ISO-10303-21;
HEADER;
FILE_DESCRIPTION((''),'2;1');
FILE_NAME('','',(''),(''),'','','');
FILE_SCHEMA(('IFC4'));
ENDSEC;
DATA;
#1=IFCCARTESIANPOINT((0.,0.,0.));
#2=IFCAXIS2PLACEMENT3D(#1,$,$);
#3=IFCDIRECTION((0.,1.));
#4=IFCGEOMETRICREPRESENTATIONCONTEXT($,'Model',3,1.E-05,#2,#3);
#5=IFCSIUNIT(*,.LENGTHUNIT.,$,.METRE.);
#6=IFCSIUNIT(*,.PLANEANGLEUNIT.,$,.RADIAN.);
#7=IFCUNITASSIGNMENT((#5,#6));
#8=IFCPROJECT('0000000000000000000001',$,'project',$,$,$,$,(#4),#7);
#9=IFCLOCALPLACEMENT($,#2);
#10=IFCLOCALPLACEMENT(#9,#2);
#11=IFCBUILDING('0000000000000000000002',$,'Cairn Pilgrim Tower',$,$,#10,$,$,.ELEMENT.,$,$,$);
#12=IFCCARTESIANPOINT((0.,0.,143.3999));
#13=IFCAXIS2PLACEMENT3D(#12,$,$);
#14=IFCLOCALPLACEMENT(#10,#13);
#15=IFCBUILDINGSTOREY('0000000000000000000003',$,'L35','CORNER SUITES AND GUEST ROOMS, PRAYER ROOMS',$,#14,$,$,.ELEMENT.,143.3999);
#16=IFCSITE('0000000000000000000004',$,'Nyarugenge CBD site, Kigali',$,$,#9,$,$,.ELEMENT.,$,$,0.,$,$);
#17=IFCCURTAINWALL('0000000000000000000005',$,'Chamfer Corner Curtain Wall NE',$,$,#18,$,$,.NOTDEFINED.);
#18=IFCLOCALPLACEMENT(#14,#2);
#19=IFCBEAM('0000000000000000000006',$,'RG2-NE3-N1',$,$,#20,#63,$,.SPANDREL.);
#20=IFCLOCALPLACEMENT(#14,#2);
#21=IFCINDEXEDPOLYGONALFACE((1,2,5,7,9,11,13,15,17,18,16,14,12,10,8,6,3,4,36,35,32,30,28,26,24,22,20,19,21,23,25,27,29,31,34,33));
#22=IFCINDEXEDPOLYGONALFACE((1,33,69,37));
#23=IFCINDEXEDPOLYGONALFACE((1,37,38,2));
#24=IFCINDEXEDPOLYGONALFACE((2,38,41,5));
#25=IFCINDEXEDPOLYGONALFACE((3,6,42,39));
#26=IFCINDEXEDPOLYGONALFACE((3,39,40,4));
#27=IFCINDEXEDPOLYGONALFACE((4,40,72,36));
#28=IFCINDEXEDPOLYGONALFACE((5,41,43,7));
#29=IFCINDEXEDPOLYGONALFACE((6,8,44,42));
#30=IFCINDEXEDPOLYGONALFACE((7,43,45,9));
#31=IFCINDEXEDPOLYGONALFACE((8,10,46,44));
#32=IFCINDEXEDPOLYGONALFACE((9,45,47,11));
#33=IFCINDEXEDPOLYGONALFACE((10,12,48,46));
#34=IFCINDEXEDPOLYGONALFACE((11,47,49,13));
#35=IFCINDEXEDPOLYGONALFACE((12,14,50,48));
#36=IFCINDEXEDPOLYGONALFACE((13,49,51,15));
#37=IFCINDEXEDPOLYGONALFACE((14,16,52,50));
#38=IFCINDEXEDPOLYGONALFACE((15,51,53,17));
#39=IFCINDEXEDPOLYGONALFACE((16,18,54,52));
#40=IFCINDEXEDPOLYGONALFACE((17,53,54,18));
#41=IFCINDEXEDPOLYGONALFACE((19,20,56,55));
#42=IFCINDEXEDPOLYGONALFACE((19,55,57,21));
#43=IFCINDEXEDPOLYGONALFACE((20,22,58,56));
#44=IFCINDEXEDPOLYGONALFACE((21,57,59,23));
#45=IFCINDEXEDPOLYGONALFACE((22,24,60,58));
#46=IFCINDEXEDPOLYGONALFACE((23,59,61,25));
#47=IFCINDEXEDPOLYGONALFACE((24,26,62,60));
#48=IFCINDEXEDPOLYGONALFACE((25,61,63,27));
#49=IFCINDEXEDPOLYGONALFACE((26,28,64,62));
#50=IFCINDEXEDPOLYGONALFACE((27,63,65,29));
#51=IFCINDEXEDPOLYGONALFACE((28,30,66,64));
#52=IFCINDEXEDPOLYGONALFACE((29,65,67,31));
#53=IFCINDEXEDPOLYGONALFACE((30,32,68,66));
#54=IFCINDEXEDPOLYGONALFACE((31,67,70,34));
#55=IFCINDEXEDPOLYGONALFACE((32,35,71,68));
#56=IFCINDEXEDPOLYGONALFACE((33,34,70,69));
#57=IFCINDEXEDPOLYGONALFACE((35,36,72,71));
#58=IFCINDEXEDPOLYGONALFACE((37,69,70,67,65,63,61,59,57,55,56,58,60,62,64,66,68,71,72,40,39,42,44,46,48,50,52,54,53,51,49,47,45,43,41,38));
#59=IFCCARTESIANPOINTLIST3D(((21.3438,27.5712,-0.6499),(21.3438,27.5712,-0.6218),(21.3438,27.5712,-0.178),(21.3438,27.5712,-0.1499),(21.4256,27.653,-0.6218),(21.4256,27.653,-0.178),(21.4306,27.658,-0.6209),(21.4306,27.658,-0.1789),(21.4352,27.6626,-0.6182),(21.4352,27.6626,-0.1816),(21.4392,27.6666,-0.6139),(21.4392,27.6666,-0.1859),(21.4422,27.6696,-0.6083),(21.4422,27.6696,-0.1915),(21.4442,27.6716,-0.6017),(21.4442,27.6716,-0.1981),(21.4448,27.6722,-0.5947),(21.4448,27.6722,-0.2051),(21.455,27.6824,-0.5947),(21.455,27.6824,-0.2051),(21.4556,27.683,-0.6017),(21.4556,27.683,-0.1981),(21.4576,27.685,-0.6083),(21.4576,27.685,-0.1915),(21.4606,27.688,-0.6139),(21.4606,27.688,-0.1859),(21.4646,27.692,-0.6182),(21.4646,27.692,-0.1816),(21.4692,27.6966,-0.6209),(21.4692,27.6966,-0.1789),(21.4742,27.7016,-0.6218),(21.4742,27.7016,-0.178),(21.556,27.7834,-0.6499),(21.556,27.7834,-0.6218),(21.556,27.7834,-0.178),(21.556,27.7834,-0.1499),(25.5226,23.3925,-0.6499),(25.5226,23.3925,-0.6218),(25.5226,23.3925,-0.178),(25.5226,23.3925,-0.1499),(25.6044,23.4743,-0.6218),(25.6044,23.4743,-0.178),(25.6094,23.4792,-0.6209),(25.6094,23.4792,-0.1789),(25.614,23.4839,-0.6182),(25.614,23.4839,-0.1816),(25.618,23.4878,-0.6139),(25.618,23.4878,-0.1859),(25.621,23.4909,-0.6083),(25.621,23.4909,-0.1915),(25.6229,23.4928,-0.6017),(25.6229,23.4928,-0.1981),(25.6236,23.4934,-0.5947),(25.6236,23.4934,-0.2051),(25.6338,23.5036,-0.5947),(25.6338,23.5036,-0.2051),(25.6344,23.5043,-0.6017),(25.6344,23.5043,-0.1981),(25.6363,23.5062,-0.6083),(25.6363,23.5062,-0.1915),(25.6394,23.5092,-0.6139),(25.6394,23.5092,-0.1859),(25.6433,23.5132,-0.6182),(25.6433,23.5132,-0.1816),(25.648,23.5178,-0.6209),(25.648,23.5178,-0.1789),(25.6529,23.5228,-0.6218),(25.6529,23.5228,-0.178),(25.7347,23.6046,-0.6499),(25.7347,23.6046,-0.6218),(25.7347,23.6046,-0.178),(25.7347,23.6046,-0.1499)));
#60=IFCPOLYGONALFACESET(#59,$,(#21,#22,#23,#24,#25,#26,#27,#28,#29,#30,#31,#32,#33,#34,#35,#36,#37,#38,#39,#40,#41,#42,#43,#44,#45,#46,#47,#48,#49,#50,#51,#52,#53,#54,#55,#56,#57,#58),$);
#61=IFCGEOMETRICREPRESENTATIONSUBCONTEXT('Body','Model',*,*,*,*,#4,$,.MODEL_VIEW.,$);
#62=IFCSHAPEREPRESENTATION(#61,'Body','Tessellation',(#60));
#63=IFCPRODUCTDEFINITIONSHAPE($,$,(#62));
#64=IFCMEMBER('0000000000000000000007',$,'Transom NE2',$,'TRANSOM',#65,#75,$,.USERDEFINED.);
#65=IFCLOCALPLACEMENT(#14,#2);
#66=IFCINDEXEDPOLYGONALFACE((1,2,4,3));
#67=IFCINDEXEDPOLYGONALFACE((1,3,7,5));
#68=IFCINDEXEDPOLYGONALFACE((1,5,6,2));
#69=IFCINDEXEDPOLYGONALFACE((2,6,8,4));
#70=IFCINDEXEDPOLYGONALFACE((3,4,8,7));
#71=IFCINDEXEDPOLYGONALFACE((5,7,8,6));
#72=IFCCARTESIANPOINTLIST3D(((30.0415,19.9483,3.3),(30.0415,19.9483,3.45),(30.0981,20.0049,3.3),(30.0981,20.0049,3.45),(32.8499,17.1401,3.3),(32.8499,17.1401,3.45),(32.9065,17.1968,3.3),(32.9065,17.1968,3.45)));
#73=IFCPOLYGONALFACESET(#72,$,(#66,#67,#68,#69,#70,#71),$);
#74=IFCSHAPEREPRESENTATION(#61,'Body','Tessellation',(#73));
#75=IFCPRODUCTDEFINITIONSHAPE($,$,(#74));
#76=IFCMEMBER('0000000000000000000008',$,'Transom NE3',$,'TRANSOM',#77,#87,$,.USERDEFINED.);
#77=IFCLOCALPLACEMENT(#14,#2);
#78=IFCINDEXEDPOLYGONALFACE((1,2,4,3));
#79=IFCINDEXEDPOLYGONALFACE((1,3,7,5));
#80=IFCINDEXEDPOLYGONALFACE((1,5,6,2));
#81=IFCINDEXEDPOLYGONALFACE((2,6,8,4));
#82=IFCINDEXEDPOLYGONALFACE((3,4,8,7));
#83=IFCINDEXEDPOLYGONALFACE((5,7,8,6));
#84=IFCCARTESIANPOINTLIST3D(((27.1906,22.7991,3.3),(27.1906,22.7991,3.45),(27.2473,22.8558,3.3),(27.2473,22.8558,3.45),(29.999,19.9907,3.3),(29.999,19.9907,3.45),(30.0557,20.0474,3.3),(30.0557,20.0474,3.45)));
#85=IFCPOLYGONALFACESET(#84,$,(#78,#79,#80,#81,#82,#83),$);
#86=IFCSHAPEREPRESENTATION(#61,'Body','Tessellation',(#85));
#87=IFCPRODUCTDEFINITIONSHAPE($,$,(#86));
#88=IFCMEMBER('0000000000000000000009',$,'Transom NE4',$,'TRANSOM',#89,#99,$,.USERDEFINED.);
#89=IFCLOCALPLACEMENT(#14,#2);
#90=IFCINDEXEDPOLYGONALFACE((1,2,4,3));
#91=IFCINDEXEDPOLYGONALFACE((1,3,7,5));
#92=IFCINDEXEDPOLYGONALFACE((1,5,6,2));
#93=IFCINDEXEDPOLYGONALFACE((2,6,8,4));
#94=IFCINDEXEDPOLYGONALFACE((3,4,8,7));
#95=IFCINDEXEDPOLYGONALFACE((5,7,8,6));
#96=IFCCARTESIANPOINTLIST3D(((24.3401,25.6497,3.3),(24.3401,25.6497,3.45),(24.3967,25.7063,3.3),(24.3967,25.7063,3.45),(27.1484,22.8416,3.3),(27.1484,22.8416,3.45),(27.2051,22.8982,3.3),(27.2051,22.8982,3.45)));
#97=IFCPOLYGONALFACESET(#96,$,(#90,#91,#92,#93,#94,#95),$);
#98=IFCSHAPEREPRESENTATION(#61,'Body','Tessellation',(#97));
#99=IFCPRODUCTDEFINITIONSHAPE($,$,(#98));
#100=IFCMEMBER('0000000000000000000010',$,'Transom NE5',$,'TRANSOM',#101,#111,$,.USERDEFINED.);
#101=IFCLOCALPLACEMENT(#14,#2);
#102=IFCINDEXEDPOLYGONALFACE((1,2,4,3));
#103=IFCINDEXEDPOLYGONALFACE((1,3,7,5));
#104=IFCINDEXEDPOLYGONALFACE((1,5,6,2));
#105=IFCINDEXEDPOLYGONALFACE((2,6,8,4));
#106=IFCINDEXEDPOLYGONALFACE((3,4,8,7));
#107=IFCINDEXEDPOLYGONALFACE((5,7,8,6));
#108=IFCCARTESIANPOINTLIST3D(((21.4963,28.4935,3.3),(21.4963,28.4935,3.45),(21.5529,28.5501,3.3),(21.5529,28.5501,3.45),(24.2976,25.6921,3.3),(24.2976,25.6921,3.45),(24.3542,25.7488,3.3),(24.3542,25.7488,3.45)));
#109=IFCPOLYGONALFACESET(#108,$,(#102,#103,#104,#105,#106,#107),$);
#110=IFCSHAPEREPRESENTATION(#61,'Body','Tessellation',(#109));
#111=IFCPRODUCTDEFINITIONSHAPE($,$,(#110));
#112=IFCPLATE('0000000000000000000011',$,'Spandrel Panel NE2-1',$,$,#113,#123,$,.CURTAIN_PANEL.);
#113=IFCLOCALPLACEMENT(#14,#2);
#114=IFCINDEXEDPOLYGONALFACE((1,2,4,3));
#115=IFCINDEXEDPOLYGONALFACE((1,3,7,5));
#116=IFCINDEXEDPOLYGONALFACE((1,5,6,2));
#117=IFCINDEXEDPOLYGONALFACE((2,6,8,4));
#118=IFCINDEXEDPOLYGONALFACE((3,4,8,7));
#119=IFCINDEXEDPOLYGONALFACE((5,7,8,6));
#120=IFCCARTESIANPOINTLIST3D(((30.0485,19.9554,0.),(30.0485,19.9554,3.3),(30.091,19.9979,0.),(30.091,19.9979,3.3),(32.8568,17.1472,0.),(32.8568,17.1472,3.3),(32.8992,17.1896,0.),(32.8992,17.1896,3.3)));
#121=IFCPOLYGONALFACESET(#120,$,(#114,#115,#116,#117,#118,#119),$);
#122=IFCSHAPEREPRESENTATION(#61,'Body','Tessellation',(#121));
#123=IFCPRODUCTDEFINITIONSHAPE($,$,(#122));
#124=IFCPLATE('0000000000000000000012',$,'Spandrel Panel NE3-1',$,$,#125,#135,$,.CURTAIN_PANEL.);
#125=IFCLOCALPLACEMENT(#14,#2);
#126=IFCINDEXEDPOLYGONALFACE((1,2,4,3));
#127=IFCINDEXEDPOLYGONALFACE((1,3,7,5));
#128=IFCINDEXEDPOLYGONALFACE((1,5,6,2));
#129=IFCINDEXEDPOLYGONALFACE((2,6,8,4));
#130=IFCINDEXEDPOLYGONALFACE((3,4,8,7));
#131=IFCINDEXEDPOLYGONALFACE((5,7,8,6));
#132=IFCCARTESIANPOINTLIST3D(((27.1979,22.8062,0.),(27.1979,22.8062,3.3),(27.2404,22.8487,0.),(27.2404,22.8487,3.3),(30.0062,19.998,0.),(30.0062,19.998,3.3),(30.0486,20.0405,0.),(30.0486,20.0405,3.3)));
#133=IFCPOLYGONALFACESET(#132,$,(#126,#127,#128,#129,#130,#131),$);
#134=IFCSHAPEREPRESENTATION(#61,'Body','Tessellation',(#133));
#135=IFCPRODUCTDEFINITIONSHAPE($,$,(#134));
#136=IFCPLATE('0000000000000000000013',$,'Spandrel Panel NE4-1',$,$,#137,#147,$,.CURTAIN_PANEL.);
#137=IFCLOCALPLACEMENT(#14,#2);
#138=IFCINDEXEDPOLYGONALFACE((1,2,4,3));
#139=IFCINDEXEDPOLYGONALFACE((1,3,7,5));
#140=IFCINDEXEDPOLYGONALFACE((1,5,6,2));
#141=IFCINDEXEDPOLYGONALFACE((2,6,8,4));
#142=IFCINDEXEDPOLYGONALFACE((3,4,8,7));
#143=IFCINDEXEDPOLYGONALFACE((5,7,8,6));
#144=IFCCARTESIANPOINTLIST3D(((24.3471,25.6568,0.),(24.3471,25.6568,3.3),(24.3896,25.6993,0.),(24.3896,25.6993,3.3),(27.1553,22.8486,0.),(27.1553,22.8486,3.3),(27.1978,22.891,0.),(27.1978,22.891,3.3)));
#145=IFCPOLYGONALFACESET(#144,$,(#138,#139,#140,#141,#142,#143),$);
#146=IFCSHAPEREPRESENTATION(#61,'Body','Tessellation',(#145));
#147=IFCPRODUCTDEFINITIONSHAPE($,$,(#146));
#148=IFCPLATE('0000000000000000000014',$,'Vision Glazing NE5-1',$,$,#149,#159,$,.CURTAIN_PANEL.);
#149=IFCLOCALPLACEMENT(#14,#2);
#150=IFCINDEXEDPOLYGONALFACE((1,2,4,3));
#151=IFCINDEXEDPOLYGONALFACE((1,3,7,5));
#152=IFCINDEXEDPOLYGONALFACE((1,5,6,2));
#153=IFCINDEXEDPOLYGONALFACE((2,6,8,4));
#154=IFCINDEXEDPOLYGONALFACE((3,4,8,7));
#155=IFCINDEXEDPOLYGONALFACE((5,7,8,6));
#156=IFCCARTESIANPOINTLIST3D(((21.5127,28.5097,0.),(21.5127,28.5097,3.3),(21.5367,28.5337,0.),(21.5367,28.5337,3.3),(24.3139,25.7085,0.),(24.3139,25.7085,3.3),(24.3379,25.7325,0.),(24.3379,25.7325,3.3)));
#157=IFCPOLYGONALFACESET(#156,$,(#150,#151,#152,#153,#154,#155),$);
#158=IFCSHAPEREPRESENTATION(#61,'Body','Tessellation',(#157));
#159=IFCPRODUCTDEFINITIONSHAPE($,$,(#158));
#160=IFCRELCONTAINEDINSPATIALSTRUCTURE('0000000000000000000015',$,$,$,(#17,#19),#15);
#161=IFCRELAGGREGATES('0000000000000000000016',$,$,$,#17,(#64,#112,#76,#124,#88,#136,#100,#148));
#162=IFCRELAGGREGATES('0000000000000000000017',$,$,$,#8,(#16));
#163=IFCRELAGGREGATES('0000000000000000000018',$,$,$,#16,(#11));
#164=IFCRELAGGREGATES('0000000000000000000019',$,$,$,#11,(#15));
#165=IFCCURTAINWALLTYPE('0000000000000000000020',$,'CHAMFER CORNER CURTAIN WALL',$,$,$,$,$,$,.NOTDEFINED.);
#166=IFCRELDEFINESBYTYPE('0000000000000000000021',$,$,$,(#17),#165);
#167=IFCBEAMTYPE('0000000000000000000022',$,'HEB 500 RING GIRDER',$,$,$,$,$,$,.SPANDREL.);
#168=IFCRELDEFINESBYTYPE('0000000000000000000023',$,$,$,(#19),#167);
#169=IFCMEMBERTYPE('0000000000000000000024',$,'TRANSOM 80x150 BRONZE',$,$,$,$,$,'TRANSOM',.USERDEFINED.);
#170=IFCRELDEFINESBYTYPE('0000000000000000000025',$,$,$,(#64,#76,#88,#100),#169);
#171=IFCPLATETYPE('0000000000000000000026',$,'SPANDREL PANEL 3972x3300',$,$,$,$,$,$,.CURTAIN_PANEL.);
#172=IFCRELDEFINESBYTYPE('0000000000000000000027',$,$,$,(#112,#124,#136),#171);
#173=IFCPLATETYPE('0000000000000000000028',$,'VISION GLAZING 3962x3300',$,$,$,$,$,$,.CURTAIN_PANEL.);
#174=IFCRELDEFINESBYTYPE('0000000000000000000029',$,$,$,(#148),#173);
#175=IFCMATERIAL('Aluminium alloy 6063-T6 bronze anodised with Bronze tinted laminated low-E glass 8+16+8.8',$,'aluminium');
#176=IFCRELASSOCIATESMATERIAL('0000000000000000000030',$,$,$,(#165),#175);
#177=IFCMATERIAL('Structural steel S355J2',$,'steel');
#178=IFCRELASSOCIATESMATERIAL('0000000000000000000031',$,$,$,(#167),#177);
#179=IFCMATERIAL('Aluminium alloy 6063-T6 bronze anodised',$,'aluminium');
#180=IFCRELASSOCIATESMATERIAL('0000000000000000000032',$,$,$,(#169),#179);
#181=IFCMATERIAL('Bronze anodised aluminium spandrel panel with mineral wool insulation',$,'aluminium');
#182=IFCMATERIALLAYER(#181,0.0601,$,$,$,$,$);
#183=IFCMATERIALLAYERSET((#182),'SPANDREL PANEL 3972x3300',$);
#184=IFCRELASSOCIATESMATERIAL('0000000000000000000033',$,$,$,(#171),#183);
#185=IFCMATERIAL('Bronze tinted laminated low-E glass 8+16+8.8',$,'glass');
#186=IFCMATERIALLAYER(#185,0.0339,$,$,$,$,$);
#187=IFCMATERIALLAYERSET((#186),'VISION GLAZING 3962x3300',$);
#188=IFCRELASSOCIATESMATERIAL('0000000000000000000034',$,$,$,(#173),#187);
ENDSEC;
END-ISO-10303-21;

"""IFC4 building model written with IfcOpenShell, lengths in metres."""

from ifc_helpers import new_model, si_unit, direction, frame, origin, origin_2d, place, context, subcontext, project, spatial, rectangle, i_section, extrude, material, layer, layer_set, material_profile, profile_set, type_object, element, aggregate, save


model = new_model("IFC4")

# Units and contexts
model_context = context("Model", 3, precision=1e-05, world=origin(), true_north=direction((0.0, 1.0)))
body_context = subcontext(model_context, "Body", "Model", "MODEL_VIEW")
ifc_project = project(units=[si_unit("LENGTHUNIT", "METRE"), si_unit("PLANEANGLEUNIT", "RADIAN")], contexts=[model_context])

# Site, building, storey
site_placement = place(None, origin())
site = spatial("IfcSite", under=ifc_project, at=site_placement, Name="Nyarugenge CBD site, Kigali", CompositionType="ELEMENT", RefElevation=0.0)
building_placement = place(site_placement, origin())
building = spatial("IfcBuilding", under=site, at=building_placement, Name="Cairn Pilgrim Tower", CompositionType="ELEMENT")
storey_placement = place(building_placement, frame((0.0, 0.0, 143.3999)))
storey = spatial("IfcBuildingStorey", under=building, at=storey_placement, Name="L35", Description="CORNER SUITES AND GUEST ROOMS, PRAYER ROOMS", CompositionType="ELEMENT", Elevation=143.3999)

# Shared definitions
ifc_material_1 = material(Name="Structural steel S355J2", Category="steel")

# Curtain wall
ifc_material_2 = material(Name="Aluminium alloy 6063-T6 bronze anodised with Bronze tinted laminated low-E glass 8+16+8.8", Category="aluminium")
curtain_wall_type_1 = type_object("IfcCurtainWallType", Name="CHAMFER CORNER CURTAIN WALL", PredefinedType="NOTDEFINED", material=ifc_material_2)
curtain_wall_1_placement = place(storey_placement, origin())
curtain_wall_1 = element("IfcCurtainWall", 1, at=curtain_wall_1_placement, inside=storey, type_object=curtain_wall_type_1, Name="Chamfer Corner Curtain Wall NE", PredefinedType="NOTDEFINED")
ifc_material_3 = material(Name="Aluminium alloy 6063-T6 bronze anodised", Category="aluminium")

# Beam
ifc_material_profile_1 = material_profile(ifc_material_1, i_section(OverallWidth=0.3, OverallDepth=0.5, WebThickness=0.0144, FlangeThickness=0.0281, FilletRadius=0.0271, at=origin_2d()), Name="HEB 500")
ifc_profile_set_1 = profile_set([ifc_material_profile_1], Name="Structural steel S355J2")
beam_type_1 = type_object("IfcBeamType", Name="HEB 500 RING GIRDER", PredefinedType="SPANDREL", material=ifc_profile_set_1)
beam_placement = place(storey_placement, frame((25.6287, 23.4985, -0.3999), z_axis=(-0.707107, 0.707107, 0.0), x_axis=(-0.707107, -0.707107, 0.0)))
element("IfcBeam", 2, at=beam_placement, inside=storey, type_object=beam_type_1, Name="RG2-NE3-N1", PredefinedType="SPANDREL", context=body_context, shape_type="SweptSolid", body=[
    extrude(i_section(OverallWidth=0.3, OverallDepth=0.5, WebThickness=0.0144, FlangeThickness=0.0281, FilletRadius=0.0271, at=origin_2d()), origin(), (0.0, 0.0, 1.0), 5.9097),
])

# Members
ifc_material_profile_2 = material_profile(ifc_material_3, rectangle(XDim=0.0801, YDim=0.1499, at=origin_2d()), Name="TRANSOM 80x150 BRONZE")
ifc_profile_set_2 = profile_set([ifc_material_profile_2], Name="Aluminium alloy 6063-T6 bronze anodised")
member_type_1 = type_object("IfcMemberType", Name="TRANSOM 80x150 BRONZE", ElementType="TRANSOM", PredefinedType="USERDEFINED", material=ifc_profile_set_2)
member_1_placement = place(storey_placement, frame((32.8782, 17.1685, 3.375), z_axis=(-0.707138, 0.707076, 0.0), x_axis=(-0.707076, -0.707138, 0.0)))
member_1 = element("IfcMember", 3, at=member_1_placement, type_object=member_type_1, Name="Transom NE2", ObjectType="TRANSOM", PredefinedType="USERDEFINED", context=body_context, shape_type="SweptSolid", body=[
    extrude(rectangle(XDim=0.0801, YDim=0.1499, at=origin_2d()), origin(), (0.0, 0.0, 1.0), 3.9714),
])
member_2_placement = place(storey_placement, frame((30.0273, 20.019, 3.375), z_axis=(-0.707107, 0.707107, 0.0), x_axis=(-0.707107, -0.707107, 0.0)))
member_2 = element("IfcMember", 4, at=member_2_placement, type_object=member_type_1, Name="Transom NE3", ObjectType="TRANSOM", PredefinedType="USERDEFINED", context=body_context, shape_type="SweptSolid", body=[
    extrude(rectangle(XDim=0.0801, YDim=0.1499, at=origin_2d()), origin(), (0.0, 0.0, 1.0), 3.9717),
])
member_3_placement = place(storey_placement, frame((27.1768, 22.8699, 3.375), z_axis=(-0.707138, 0.707076, 0.0), x_axis=(-0.707076, -0.707138, 0.0)))
member_3 = element("IfcMember", 5, at=member_3_placement, type_object=member_type_1, Name="Transom NE4", ObjectType="TRANSOM", PredefinedType="USERDEFINED", context=body_context, shape_type="SweptSolid", body=[
    extrude(rectangle(XDim=0.0801, YDim=0.1499, at=origin_2d()), origin(), (0.0, 0.0, 1.0), 3.9714),
])
member_4_placement = place(storey_placement, frame((24.3259, 25.7205, 3.375), z_axis=(-0.707107, 0.707107, 0.0), x_axis=(-0.707107, -0.707107, 0.0)))
member_4 = element("IfcMember", 6, at=member_4_placement, type_object=member_type_1, Name="Transom NE5", ObjectType="TRANSOM", PredefinedType="USERDEFINED", context=body_context, shape_type="SweptSolid", body=[
    extrude(rectangle(XDim=0.0801, YDim=0.1499, at=origin_2d()), origin(), (0.0, 0.0, 1.0), 3.9617),
])

# Plates
ifc_material_4 = material(Name="Bronze anodised aluminium spandrel panel with mineral wool insulation", Category="aluminium")
ifc_layer_1 = layer(ifc_material_4, 0.0601)
ifc_layer_set_1 = layer_set([ifc_layer_1], Name="SPANDREL PANEL 3972x3300")
plate_type_1 = type_object("IfcPlateType", Name="SPANDREL PANEL 3972x3300", PredefinedType="CURTAIN_PANEL", material=ifc_layer_set_1)
plate_1_placement = place(storey_placement, frame((31.4739, 18.5725, 0.0), z_axis=(0.0, 0.0, 1.0), x_axis=(-0.707107, 0.707107, 0.0)))
plate_1 = element("IfcPlate", 7, at=plate_1_placement, type_object=plate_type_1, Name="Spandrel Panel NE2-1", PredefinedType="CURTAIN_PANEL", context=body_context, shape_type="SweptSolid", body=[
    extrude(rectangle(XDim=3.9714, YDim=0.0601, at=origin_2d()), origin(), (0.0, 0.0, 1.0), 3.3),
])
plate_2_placement = place(storey_placement, frame((28.6233, 21.4233, 0.0), z_axis=(0.0, 0.0, 1.0), x_axis=(-0.707107, 0.707107, 0.0)))
plate_2 = element("IfcPlate", 8, at=plate_2_placement, type_object=plate_type_1, Name="Spandrel Panel NE3-1", PredefinedType="CURTAIN_PANEL", context=body_context, shape_type="SweptSolid", body=[
    extrude(rectangle(XDim=3.9714, YDim=0.0601, at=origin_2d()), origin(), (0.0, 0.0, 1.0), 3.3),
])
plate_3_placement = place(storey_placement, frame((25.7725, 24.2739, 0.0), z_axis=(0.0, 0.0, 1.0), x_axis=(-0.707107, 0.707107, 0.0)))
plate_3 = element("IfcPlate", 9, at=plate_3_placement, type_object=plate_type_1, Name="Spandrel Panel NE4-1", PredefinedType="CURTAIN_PANEL", context=body_context, shape_type="SweptSolid", body=[
    extrude(rectangle(XDim=3.9714, YDim=0.0601, at=origin_2d()), origin(), (0.0, 0.0, 1.0), 3.3),
])
ifc_material_5 = material(Name="Bronze tinted laminated low-E glass 8+16+8.8", Category="glass")
ifc_layer_2 = layer(ifc_material_5, 0.0339)
ifc_layer_set_2 = layer_set([ifc_layer_2], Name="VISION GLAZING 3962x3300")
plate_type_2 = type_object("IfcPlateType", Name="VISION GLAZING 3962x3300", PredefinedType="CURTAIN_PANEL", material=ifc_layer_set_2)
plate_4_placement = place(storey_placement, frame((22.9253, 27.1211, 0.0), z_axis=(0.0, 0.0, 1.0), x_axis=(-0.707107, 0.707107, 0.0)))
plate_4 = element("IfcPlate", 10, at=plate_4_placement, type_object=plate_type_2, Name="Vision Glazing NE5-1", PredefinedType="CURTAIN_PANEL", context=body_context, shape_type="SweptSolid", body=[
    extrude(rectangle(XDim=3.9614, YDim=0.0339, at=origin_2d()), origin(), (0.0, 0.0, 1.0), 3.3),
])
aggregate(curtain_wall_1, [member_1, plate_1, member_2, plate_2, member_3, plate_3, member_4, plate_4])

save(model, "model.ifc")
